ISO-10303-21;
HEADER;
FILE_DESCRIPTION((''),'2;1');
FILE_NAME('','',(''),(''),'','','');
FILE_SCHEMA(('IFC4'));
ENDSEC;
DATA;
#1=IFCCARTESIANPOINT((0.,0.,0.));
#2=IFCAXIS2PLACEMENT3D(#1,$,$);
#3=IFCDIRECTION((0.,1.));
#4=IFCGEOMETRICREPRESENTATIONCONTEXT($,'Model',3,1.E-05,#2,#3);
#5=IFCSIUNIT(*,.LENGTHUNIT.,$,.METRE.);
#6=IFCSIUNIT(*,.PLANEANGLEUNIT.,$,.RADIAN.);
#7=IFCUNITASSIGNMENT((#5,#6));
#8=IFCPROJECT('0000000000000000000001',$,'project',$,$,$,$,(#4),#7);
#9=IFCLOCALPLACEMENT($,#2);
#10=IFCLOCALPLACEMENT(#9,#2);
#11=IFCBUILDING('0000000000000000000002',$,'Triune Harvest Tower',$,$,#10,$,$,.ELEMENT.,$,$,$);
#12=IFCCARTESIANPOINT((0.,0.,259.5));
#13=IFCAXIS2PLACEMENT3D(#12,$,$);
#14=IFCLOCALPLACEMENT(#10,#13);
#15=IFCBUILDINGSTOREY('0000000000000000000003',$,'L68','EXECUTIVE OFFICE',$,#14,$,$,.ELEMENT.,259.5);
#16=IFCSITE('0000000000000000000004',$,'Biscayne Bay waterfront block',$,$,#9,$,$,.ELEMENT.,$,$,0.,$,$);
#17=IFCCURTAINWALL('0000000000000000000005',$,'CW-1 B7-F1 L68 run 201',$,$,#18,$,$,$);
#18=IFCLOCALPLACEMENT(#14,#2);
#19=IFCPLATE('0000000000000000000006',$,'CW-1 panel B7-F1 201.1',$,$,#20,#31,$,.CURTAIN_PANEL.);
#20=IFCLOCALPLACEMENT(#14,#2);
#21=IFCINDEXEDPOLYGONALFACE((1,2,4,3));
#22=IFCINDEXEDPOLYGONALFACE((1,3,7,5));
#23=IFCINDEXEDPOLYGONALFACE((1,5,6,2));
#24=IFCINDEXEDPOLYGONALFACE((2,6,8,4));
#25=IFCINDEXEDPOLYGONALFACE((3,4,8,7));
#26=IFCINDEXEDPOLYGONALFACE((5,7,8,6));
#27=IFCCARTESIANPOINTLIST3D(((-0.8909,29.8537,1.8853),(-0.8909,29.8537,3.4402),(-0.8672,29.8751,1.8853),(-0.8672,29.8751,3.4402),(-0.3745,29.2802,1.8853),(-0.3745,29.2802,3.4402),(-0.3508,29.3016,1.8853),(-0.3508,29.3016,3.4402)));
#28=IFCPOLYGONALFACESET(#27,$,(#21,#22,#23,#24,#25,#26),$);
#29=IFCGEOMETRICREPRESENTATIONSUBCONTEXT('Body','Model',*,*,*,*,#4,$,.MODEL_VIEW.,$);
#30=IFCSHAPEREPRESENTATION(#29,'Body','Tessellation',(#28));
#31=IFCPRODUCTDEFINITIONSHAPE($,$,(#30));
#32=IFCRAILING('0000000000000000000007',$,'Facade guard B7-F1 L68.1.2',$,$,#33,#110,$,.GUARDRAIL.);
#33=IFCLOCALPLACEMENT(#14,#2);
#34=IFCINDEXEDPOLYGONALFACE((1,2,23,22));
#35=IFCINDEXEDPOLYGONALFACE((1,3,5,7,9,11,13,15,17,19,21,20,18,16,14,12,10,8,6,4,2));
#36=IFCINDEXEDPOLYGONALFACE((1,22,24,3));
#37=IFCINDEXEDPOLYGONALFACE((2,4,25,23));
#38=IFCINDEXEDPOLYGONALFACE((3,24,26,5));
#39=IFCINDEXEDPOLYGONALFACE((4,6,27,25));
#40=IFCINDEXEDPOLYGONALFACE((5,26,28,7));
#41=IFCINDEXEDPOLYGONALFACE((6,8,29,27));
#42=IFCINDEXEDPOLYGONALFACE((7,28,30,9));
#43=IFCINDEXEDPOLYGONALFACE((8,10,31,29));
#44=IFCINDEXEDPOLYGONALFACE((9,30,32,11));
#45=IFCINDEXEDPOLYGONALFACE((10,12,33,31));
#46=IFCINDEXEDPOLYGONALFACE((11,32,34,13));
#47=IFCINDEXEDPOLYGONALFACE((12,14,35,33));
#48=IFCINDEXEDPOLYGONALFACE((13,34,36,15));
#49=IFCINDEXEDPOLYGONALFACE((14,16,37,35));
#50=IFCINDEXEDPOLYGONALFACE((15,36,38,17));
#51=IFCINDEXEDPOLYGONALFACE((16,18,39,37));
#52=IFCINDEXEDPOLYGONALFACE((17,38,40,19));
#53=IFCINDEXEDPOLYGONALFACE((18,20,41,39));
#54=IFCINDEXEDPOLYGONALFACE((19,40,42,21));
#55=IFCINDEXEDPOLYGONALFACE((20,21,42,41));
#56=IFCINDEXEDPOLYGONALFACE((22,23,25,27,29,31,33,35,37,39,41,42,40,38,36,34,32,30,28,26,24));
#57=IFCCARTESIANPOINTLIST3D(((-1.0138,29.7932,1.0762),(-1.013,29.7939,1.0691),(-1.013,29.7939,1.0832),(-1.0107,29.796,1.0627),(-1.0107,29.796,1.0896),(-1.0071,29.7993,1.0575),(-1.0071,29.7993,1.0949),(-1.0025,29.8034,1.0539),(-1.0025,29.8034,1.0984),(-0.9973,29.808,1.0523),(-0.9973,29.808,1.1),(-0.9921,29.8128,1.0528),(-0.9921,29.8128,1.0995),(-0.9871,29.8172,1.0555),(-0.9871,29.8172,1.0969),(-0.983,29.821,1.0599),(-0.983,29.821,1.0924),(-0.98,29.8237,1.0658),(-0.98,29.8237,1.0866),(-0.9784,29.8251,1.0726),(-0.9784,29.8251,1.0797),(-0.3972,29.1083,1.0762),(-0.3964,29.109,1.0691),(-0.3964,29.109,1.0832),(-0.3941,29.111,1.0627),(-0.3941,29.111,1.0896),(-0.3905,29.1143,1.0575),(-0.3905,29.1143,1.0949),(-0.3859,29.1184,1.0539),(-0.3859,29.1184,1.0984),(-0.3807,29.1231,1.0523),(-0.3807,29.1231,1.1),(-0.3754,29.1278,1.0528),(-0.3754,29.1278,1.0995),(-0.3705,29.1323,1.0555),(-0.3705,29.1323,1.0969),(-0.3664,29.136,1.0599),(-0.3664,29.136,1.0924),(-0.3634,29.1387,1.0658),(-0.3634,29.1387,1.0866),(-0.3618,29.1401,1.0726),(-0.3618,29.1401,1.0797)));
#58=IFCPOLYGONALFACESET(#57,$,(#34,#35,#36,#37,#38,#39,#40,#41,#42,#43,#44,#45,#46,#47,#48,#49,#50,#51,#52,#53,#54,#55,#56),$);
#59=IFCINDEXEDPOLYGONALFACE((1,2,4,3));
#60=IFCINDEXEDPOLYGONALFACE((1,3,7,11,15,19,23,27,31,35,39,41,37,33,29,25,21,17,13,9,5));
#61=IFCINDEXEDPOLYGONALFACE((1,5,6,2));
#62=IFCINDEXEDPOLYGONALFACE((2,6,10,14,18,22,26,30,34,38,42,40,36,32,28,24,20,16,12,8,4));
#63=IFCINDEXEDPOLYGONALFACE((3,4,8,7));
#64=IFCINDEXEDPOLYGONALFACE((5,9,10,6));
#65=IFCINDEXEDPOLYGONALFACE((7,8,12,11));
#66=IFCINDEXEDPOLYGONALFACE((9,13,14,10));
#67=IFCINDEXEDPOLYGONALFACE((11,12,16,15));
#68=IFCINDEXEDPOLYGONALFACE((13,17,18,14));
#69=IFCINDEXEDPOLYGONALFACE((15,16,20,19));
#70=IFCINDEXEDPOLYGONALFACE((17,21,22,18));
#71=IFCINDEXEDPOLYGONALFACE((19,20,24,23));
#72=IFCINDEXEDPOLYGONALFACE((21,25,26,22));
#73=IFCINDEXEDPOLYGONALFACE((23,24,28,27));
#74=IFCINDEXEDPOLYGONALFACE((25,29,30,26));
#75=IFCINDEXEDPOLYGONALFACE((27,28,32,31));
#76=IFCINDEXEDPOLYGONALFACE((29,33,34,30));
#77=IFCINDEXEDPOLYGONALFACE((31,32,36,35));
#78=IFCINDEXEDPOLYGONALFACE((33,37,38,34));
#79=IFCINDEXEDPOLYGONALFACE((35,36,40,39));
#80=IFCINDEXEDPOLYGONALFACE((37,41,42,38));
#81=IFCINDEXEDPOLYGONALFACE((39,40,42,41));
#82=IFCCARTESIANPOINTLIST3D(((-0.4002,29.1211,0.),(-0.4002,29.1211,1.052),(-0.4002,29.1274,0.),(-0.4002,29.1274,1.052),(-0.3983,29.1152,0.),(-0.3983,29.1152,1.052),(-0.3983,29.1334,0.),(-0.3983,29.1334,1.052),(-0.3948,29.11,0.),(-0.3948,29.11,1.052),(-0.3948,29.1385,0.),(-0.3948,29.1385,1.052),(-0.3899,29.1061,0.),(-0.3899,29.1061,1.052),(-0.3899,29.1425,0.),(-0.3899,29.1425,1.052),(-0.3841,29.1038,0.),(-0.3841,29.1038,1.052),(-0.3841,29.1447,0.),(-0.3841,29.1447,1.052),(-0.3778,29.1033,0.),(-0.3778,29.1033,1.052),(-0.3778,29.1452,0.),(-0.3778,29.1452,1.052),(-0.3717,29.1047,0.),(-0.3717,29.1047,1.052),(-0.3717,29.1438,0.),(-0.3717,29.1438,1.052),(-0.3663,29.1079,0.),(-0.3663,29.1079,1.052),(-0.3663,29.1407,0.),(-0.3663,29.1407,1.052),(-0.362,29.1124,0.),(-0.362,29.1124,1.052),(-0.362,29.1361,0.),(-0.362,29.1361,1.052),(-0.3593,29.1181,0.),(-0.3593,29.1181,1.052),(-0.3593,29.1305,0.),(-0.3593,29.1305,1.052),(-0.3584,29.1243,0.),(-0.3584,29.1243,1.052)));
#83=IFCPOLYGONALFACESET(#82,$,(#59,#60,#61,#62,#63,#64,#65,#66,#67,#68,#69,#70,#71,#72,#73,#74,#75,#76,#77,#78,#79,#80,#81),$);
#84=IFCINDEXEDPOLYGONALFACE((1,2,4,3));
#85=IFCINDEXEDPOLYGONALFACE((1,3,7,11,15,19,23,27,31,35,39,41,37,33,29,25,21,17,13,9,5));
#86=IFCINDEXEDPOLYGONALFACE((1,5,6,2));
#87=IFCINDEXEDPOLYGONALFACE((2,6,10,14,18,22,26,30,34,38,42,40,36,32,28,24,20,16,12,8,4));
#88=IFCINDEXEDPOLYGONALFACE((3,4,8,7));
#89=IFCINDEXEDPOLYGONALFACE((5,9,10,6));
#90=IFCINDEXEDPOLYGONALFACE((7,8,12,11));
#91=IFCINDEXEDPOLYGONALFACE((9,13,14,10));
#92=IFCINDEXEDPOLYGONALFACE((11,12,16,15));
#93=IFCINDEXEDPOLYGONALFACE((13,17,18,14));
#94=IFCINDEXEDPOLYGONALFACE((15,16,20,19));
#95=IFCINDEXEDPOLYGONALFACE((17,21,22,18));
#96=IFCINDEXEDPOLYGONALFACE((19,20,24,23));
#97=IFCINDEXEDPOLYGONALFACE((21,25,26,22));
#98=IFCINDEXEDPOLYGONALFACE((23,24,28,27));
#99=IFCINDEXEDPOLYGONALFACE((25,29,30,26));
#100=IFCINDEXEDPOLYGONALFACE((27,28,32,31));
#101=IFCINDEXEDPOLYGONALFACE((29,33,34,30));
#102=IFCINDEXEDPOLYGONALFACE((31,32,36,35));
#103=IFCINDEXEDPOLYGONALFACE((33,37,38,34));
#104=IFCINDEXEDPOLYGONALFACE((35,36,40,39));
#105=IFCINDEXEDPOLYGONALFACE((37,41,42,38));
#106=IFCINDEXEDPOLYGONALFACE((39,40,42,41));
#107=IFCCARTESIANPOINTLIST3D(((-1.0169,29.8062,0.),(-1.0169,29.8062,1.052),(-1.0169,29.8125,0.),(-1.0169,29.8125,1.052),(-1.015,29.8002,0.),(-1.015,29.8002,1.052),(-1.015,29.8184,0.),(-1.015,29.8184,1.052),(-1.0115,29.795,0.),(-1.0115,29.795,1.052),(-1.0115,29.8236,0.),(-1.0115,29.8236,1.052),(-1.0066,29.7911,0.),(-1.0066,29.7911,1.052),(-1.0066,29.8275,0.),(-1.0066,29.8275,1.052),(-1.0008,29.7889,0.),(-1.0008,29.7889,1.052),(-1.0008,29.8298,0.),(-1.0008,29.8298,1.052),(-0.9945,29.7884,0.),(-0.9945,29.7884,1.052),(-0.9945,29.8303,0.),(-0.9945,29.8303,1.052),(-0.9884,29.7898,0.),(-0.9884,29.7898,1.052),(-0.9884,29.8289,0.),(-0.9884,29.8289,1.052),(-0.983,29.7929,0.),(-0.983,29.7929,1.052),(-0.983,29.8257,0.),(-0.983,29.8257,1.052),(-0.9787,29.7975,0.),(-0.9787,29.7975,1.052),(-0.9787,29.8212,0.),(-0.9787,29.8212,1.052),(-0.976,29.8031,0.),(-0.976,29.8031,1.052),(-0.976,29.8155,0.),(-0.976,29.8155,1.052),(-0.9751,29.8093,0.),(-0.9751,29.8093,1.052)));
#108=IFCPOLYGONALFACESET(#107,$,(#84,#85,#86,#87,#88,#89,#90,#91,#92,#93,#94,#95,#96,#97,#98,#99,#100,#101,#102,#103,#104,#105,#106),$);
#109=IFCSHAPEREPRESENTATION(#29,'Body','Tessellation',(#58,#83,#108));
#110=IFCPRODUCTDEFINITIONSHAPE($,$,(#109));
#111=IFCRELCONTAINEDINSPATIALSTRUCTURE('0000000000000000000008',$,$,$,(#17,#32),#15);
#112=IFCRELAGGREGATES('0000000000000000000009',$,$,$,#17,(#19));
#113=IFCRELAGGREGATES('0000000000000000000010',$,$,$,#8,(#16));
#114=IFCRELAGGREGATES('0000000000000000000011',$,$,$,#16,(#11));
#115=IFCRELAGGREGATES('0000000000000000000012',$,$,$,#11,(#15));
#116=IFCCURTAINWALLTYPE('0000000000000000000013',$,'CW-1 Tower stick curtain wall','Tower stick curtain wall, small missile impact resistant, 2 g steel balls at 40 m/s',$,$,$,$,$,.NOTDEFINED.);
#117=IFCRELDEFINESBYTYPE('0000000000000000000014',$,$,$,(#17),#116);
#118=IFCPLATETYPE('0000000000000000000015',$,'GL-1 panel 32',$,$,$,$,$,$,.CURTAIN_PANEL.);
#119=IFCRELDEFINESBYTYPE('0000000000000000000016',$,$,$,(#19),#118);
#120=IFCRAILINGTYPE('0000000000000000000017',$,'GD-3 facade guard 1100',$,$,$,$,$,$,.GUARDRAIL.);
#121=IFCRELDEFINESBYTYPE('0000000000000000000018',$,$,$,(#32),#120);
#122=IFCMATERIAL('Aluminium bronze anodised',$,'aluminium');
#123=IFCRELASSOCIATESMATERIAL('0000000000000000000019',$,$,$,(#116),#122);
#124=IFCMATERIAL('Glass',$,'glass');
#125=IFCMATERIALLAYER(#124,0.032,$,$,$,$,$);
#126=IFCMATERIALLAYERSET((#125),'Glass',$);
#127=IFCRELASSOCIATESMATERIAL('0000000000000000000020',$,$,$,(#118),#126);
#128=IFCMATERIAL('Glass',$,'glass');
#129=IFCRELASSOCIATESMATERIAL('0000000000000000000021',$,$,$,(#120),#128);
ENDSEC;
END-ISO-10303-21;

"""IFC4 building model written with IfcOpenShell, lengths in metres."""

from ifc_helpers import new_model, si_unit, direction, frame, origin, origin_2d, place, context, subcontext, project, spatial, rectangle, circle, extrude, source, transform, mapped, material, layer, layer_set, type_object, element, aggregate, save


model = new_model("IFC4")

# Units and contexts
model_context = context("Model", 3, precision=1e-05, world=origin(), true_north=direction((0.0, 1.0)))
body_context = subcontext(model_context, "Body", "Model", "MODEL_VIEW")
ifc_project = project(units=[si_unit("LENGTHUNIT", "METRE"), si_unit("PLANEANGLEUNIT", "RADIAN")], contexts=[model_context])

# Site, building, storey
site_placement = place(None, origin())
site = spatial("IfcSite", under=ifc_project, at=site_placement, Name="Biscayne Bay waterfront block", CompositionType="ELEMENT", RefElevation=0.0)
building_placement = place(site_placement, origin())
building = spatial("IfcBuilding", under=site, at=building_placement, Name="Triune Harvest Tower", CompositionType="ELEMENT")
storey_placement = place(building_placement, frame((0.0, 0.0, 259.5)))
storey = spatial("IfcBuildingStorey", under=building, at=storey_placement, Name="L68", Description="EXECUTIVE OFFICE", CompositionType="ELEMENT", Elevation=259.5)

# Curtain wall
ifc_material_1 = material(Name="Aluminium bronze anodised", Category="aluminium")
curtain_wall_type_1 = type_object("IfcCurtainWallType", Name="CW-1 Tower stick curtain wall", Description="Tower stick curtain wall, small missile impact resistant, 2 g steel balls at 40 m/s", PredefinedType="NOTDEFINED", material=ifc_material_1)
curtain_wall_1_placement = place(storey_placement, origin())
curtain_wall_1 = element("IfcCurtainWall", 1, at=curtain_wall_1_placement, inside=storey, type_object=curtain_wall_type_1, Name="CW-1 B7-F1 L68 run 201")

# Plate
ifc_material_2 = material(Name="Glass", Category="glass")
ifc_layer_1 = layer(ifc_material_2, 0.032)
ifc_layer_set_1 = layer_set([ifc_layer_1], Name="Glass")
plate_type_1 = type_object("IfcPlateType", Name="GL-1 panel 32", PredefinedType="CURTAIN_PANEL", material=ifc_layer_set_1)
shared_shape_1 = source(origin(), body_context, "Body", "SweptSolid", [
    extrude(rectangle(XDim=0.7717, YDim=0.032, at=origin_2d()), origin(), (0.0, 0.0, 1.0), 1.5549),
])
plate_1_placement = place(storey_placement, frame((-0.6208, 29.5776, 1.8853), z_axis=(0.0, 0.0, 1.0), x_axis=(-0.669145, 0.743132, 0.0)))
plate_1 = element("IfcPlate", 2, at=plate_1_placement, type_object=plate_type_1, Name="CW-1 panel B7-F1 201.1", PredefinedType="CURTAIN_PANEL", context=body_context, shape_type="MappedRepresentation", body=[
    mapped(shared_shape_1, transform((0.0, 0.0, 0.0), scale=1.0)),
])
aggregate(curtain_wall_1, [plate_1])

# Railing
ifc_material_3 = material(Name="Glass", Category="glass")
railing_type = type_object("IfcRailingType", Name="GD-3 facade guard 1100", PredefinedType="GUARDRAIL", material=ifc_material_3)
railing_placement = place(storey_placement, frame((-0.3794, 29.1243, 0.0)))
element("IfcRailing", 3, at=railing_placement, inside=storey, type_object=railing_type, Name="Facade guard B7-F1 L68.1.2", PredefinedType="GUARDRAIL", context=body_context, shape_type="SweptSolid", body=[
    extrude(circle(Radius=0.0239, at=origin_2d()), frame((0.0, 0.0, 1.0762), z_axis=(-0.669053, 0.743215, 0.0), x_axis=(-0.743215, -0.669053, 0.0)), (0.0, 0.0, 1.0), 0.9216),
    extrude(circle(Radius=0.021, at=origin_2d()), origin(), (0.0, 0.0, 1.0), 1.052),
    extrude(circle(Radius=0.021, at=origin_2d()), frame((-0.6167, 0.6851, 0.0)), (0.0, 0.0, 1.0), 1.052),
])

save(model, "model.ifc")
